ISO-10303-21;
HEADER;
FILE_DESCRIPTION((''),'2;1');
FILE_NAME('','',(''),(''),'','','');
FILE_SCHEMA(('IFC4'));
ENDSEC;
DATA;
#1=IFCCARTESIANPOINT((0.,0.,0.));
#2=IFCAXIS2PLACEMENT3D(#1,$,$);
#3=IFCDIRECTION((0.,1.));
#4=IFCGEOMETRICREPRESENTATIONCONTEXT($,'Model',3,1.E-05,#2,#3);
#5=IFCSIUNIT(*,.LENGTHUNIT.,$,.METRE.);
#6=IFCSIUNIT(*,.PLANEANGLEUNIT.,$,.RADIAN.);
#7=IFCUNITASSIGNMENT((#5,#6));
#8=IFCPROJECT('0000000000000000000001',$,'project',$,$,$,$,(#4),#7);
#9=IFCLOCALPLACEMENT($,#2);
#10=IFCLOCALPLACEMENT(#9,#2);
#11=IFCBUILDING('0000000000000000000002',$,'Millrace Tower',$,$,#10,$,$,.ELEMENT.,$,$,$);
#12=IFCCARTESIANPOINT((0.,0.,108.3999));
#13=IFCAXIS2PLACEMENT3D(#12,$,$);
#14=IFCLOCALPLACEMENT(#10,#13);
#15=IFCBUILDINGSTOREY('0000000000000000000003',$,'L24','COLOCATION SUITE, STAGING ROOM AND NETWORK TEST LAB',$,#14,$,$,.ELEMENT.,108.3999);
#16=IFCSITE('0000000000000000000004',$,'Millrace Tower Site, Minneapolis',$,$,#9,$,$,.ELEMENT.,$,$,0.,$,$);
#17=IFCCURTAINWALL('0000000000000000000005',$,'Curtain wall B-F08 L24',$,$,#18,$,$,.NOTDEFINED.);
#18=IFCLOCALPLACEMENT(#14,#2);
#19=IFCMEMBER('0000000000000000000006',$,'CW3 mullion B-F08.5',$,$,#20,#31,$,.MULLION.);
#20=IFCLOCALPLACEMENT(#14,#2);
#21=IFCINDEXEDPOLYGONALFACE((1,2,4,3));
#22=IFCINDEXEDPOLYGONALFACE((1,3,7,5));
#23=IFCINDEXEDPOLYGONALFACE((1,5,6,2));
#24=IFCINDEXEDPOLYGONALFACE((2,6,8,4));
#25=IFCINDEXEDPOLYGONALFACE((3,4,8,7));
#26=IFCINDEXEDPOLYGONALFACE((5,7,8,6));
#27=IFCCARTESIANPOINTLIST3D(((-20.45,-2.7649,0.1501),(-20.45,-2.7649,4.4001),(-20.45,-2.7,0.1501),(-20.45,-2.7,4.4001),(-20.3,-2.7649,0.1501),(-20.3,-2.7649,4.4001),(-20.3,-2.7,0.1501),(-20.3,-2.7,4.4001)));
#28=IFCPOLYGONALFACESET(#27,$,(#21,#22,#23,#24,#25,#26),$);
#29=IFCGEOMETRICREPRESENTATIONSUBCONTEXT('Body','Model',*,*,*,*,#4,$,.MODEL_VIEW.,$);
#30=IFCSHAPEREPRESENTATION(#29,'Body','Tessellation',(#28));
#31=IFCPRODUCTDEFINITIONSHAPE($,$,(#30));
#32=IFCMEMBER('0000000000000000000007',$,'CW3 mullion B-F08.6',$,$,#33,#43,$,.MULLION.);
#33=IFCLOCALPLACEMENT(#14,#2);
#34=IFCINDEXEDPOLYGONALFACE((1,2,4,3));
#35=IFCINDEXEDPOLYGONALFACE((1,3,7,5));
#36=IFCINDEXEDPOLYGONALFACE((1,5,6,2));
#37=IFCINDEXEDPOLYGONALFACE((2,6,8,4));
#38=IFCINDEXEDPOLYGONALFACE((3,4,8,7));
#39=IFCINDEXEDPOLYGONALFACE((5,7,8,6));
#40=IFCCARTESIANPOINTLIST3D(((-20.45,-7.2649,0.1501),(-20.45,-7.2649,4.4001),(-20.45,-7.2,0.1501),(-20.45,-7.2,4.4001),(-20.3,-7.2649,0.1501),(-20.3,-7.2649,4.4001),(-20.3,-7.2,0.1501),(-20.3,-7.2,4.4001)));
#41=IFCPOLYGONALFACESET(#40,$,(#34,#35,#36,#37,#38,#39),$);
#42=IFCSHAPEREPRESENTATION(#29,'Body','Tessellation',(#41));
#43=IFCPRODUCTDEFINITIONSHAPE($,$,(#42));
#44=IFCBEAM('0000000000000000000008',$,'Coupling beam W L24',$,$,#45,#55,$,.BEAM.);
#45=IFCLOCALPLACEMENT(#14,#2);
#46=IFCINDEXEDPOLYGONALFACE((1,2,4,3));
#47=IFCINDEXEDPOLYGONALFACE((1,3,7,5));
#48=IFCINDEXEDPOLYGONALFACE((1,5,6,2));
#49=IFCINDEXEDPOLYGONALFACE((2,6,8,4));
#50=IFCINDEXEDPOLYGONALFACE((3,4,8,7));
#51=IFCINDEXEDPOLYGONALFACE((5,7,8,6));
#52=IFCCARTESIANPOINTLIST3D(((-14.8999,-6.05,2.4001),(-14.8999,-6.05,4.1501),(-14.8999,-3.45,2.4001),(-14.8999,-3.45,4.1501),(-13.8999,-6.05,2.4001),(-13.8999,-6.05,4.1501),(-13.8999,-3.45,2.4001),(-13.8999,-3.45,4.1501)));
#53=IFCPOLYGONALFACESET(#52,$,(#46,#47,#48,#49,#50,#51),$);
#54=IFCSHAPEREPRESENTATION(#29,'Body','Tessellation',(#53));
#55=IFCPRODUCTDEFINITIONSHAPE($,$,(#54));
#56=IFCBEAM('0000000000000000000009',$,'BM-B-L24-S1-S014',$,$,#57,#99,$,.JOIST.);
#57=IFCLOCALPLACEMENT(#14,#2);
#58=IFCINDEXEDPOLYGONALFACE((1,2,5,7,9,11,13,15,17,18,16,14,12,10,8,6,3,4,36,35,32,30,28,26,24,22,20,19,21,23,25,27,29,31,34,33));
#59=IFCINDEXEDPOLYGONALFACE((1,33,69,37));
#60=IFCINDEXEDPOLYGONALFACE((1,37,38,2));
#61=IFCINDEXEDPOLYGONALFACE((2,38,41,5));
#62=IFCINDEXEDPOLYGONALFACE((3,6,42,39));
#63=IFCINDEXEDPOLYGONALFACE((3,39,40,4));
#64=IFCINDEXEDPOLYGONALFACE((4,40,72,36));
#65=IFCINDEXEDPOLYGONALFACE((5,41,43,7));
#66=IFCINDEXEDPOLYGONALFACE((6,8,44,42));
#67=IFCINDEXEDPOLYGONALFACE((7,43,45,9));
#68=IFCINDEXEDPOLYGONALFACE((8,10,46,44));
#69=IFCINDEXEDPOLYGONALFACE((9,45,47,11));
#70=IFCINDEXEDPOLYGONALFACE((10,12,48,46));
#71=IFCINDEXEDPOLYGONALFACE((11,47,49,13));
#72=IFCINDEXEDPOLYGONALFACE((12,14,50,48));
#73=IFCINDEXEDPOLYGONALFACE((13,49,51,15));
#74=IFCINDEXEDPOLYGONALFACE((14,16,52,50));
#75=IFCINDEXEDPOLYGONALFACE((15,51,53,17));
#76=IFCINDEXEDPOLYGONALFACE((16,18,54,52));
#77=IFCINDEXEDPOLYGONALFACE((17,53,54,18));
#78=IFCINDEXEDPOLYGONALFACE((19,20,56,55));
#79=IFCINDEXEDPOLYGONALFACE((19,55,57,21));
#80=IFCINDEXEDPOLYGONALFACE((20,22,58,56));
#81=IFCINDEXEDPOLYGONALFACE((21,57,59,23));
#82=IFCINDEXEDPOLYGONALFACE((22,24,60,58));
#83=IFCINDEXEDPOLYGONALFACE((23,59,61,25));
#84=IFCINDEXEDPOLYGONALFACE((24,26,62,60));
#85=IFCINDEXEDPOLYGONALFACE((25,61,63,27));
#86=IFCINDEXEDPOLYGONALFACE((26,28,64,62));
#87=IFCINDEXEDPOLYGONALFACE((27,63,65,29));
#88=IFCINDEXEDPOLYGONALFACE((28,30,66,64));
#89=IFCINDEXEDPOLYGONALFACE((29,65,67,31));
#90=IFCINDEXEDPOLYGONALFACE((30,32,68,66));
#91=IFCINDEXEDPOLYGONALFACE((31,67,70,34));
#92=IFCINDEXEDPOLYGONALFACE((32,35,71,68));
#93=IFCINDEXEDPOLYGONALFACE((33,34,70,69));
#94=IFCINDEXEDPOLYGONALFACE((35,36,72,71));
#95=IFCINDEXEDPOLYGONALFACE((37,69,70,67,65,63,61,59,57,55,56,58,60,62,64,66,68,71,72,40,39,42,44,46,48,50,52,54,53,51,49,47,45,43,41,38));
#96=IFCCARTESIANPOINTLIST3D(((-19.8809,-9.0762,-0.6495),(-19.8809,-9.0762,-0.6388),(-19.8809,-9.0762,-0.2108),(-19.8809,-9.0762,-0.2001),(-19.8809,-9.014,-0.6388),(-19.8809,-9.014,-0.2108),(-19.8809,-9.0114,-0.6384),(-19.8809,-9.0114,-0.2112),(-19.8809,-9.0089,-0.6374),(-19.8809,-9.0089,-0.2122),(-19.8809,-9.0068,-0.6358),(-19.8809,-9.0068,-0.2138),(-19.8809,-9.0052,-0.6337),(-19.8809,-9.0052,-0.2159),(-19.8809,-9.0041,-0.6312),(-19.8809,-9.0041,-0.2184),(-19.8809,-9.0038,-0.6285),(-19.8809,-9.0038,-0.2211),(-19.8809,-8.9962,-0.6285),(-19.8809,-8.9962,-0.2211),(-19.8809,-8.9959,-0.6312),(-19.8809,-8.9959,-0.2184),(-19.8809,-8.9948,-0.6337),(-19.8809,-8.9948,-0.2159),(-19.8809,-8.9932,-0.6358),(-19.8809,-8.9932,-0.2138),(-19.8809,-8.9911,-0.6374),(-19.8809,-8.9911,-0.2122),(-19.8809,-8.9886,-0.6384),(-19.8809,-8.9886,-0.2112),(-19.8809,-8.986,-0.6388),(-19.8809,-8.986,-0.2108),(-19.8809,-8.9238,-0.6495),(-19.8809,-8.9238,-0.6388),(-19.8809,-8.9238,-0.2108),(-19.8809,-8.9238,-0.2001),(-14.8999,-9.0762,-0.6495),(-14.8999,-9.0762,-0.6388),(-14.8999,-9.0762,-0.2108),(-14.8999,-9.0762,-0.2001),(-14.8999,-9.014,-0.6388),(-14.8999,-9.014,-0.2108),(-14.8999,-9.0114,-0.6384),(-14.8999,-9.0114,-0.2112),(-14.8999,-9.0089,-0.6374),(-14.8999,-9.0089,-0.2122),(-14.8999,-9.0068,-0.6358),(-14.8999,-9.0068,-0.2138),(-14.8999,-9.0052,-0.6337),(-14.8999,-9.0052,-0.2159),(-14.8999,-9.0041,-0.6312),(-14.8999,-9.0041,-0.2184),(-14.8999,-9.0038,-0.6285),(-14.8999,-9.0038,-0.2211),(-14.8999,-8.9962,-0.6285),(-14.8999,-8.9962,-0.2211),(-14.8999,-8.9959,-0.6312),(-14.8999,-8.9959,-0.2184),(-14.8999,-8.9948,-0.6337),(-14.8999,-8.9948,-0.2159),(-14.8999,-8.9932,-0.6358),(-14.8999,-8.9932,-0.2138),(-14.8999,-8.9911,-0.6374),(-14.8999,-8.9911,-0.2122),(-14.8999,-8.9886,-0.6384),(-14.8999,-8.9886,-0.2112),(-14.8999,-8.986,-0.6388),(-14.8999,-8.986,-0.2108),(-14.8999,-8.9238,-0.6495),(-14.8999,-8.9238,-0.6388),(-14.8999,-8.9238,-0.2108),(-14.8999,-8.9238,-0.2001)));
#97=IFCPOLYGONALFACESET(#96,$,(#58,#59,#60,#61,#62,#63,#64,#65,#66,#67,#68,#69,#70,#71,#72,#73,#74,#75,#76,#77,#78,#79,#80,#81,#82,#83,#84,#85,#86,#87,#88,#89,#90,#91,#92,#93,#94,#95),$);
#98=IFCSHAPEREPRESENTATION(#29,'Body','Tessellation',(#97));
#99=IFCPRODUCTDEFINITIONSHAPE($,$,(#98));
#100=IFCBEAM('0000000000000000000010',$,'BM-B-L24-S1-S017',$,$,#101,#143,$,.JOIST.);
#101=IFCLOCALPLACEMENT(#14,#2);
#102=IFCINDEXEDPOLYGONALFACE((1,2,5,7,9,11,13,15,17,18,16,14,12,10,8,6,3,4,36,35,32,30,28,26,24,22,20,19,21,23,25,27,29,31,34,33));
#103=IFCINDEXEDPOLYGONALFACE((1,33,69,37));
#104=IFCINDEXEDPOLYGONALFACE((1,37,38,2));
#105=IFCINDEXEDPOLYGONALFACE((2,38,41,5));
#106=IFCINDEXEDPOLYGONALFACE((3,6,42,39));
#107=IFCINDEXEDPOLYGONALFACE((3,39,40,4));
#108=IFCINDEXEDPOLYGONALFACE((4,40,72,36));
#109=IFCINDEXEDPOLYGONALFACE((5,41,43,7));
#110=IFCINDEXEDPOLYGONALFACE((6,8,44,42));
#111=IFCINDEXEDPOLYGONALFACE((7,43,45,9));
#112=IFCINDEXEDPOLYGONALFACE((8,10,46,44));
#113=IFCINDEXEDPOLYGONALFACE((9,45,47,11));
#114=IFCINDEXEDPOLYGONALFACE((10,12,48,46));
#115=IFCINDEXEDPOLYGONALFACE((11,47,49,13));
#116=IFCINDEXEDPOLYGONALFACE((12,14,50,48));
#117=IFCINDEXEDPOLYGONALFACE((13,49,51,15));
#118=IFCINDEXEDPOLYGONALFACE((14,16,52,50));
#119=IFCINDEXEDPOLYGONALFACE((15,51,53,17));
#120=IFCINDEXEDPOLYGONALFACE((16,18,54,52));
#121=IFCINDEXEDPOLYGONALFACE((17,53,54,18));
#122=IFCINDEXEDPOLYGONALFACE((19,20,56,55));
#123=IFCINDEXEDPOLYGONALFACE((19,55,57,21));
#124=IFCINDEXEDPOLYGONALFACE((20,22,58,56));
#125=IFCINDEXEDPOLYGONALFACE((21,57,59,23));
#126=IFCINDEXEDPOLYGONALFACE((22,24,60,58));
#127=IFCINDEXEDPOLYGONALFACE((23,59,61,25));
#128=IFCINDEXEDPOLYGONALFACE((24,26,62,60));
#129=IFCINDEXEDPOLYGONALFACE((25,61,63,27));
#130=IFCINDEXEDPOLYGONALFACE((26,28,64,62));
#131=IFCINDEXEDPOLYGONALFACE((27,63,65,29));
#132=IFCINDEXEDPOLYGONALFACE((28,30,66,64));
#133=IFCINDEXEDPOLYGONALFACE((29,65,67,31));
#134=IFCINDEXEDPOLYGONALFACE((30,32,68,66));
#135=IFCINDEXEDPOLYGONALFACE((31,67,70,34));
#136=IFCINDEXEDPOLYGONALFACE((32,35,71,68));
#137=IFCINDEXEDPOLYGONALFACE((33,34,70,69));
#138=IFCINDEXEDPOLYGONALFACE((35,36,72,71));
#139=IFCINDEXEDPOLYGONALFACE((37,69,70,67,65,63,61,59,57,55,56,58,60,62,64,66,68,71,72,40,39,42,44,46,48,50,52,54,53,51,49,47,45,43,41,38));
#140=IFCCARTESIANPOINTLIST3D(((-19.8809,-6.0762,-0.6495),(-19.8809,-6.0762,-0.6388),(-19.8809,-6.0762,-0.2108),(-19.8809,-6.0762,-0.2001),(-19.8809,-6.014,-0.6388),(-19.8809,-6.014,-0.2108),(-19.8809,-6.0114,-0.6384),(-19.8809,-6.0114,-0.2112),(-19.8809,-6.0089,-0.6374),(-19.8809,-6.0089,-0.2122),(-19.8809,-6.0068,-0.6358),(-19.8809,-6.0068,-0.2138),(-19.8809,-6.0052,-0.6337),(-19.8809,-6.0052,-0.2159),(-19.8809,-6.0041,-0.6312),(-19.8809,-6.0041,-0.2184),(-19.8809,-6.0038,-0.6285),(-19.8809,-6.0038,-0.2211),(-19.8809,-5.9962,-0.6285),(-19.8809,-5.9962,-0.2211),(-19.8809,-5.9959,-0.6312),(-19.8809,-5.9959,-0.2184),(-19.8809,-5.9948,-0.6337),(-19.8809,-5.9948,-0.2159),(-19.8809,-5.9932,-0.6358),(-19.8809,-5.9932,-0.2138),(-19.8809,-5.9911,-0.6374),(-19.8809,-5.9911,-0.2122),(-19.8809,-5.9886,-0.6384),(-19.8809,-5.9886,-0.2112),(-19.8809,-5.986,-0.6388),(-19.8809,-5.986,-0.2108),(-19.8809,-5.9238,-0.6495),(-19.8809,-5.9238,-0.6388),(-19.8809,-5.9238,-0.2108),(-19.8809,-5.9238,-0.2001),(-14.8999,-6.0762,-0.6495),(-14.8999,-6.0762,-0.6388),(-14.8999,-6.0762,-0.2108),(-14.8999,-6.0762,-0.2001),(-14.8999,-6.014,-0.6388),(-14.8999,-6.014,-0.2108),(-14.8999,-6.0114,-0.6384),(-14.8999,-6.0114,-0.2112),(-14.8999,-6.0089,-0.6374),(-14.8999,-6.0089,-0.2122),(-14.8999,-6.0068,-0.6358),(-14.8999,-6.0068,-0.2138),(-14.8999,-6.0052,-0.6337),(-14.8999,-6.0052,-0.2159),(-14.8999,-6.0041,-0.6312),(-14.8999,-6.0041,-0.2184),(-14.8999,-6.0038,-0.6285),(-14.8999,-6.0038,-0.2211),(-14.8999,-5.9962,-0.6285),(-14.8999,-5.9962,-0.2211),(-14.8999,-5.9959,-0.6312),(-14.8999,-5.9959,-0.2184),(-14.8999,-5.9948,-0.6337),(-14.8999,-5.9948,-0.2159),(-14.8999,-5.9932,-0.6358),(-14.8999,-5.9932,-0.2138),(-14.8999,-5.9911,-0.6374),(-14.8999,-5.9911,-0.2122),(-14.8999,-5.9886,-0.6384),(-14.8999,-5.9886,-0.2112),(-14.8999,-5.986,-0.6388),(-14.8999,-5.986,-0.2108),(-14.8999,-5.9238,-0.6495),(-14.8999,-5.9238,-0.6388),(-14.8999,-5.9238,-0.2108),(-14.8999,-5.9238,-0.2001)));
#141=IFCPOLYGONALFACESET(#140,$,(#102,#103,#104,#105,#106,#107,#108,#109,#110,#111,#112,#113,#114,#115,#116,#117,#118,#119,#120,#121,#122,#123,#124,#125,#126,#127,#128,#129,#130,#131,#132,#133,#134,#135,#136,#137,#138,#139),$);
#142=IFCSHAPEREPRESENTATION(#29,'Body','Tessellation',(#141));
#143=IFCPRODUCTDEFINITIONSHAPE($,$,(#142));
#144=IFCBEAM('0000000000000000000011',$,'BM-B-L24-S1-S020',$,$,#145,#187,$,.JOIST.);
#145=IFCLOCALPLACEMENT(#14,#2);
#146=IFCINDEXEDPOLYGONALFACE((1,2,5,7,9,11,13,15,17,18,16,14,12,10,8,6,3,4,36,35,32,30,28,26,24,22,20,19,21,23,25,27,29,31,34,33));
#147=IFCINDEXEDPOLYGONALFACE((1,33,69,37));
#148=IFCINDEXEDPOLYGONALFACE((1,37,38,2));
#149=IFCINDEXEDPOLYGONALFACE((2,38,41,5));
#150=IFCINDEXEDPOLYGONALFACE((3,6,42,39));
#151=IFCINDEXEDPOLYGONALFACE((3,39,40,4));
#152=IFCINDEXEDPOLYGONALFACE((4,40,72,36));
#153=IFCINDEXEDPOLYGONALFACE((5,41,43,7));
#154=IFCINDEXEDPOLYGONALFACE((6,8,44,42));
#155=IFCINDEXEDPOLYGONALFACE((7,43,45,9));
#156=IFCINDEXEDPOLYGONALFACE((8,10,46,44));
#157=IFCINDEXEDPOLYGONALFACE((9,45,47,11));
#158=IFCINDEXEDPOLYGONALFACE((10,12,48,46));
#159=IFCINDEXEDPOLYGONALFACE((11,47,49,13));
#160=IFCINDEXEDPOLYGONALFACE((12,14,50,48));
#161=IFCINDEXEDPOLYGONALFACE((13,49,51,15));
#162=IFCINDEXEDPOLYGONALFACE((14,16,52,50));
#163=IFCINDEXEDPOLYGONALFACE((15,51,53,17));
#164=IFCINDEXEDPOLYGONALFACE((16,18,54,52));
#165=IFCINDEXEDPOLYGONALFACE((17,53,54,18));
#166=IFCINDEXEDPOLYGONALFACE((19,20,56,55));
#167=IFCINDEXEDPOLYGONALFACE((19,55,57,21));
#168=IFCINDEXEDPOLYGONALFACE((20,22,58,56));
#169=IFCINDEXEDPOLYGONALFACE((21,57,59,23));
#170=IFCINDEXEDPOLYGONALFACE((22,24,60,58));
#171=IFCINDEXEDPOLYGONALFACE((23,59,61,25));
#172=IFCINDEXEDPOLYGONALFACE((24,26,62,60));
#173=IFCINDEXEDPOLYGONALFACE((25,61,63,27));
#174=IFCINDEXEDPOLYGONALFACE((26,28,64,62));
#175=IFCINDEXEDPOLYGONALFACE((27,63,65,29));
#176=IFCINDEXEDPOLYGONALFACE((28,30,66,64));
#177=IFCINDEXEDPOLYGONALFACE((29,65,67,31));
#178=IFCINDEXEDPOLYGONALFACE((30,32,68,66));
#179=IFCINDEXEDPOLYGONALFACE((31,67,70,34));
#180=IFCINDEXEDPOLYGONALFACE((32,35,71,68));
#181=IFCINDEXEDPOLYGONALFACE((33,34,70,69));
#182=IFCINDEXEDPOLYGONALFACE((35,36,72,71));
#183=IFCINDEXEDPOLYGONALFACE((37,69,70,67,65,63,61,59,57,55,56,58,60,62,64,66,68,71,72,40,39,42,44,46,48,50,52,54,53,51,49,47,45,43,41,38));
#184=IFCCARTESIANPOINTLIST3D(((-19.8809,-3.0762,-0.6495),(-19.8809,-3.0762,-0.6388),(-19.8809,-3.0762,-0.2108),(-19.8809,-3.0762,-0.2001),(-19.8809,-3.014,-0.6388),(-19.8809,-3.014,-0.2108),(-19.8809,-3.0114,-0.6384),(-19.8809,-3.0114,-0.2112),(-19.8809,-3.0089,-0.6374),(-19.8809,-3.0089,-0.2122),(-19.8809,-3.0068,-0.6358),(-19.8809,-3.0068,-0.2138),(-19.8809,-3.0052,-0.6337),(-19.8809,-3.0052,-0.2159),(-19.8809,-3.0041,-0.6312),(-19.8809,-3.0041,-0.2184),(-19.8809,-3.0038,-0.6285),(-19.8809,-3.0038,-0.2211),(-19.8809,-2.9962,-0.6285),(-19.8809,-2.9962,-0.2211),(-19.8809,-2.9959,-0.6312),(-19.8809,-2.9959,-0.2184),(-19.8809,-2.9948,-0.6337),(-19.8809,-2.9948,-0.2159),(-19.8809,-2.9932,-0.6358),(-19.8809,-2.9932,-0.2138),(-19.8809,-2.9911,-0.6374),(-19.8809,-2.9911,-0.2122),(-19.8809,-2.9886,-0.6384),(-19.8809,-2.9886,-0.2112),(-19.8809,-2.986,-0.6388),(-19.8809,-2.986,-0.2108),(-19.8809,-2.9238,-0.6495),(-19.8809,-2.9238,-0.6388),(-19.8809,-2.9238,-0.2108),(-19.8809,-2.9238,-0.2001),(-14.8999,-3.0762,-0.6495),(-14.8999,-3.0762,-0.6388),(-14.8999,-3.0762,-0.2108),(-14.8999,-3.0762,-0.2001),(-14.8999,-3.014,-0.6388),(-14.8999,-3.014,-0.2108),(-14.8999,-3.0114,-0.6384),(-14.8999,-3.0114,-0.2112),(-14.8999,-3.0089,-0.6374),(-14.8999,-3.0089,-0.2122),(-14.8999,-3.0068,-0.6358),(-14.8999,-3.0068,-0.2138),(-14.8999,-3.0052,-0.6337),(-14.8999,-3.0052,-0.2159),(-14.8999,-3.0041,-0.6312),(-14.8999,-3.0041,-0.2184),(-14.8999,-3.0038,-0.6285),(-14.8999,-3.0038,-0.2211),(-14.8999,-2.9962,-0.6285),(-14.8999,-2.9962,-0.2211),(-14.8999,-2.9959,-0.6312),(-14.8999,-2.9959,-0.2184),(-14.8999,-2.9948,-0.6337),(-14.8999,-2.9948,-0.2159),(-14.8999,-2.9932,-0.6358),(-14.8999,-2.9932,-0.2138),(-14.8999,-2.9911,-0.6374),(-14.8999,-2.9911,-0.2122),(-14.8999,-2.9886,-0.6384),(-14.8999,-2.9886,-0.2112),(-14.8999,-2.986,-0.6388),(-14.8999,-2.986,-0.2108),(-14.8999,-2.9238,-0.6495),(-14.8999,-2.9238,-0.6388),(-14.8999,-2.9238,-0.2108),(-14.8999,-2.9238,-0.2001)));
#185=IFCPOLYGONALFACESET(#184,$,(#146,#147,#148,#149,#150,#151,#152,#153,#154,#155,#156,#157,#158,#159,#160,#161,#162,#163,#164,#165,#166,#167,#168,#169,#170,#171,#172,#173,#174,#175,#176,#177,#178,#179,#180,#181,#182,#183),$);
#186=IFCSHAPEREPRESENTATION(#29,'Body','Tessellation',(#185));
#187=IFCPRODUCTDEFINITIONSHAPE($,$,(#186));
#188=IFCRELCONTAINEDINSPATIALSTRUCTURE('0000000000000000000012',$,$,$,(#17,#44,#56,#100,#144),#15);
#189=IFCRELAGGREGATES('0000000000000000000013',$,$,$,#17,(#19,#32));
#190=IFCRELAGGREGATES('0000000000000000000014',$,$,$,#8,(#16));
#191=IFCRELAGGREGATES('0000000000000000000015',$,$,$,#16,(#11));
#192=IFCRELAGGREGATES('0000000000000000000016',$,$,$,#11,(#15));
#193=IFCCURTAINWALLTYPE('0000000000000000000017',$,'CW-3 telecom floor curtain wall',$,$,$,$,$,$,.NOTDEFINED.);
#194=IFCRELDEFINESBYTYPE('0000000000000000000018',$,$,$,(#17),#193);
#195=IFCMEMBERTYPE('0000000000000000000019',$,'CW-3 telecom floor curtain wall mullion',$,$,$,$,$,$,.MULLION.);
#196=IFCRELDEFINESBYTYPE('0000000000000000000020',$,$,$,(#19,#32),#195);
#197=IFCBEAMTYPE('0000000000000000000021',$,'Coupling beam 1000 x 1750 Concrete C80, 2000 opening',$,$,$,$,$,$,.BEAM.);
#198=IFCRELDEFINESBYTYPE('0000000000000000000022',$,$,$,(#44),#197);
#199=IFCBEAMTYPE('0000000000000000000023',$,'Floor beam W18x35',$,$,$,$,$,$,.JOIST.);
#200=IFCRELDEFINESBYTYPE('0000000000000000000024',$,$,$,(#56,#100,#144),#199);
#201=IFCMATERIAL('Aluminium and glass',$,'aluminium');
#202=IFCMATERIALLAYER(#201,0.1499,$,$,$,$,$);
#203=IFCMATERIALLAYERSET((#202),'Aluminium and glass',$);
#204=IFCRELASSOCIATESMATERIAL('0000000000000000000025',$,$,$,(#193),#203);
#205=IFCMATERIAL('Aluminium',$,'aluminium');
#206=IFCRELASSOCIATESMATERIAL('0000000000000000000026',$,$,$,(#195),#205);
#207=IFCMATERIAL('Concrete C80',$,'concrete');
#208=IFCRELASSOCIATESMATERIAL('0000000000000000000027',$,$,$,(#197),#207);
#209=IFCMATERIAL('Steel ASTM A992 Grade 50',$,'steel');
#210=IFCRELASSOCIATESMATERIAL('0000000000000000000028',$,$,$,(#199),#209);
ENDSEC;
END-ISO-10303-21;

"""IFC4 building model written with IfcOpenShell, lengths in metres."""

from ifc_helpers import new_model, si_unit, direction, frame, origin, origin_2d, place, context, subcontext, project, spatial, rectangle, i_section, extrude, material, layer, layer_set, material_profile, profile_set, type_object, element, aggregate, save


model = new_model("IFC4")

# Units and contexts
model_context = context("Model", 3, precision=1e-05, world=origin(), true_north=direction((0.0, 1.0)))
body_context = subcontext(model_context, "Body", "Model", "MODEL_VIEW")
ifc_project = project(units=[si_unit("LENGTHUNIT", "METRE"), si_unit("PLANEANGLEUNIT", "RADIAN")], contexts=[model_context])

# Site, building, storey
site_placement = place(None, origin())
site = spatial("IfcSite", under=ifc_project, at=site_placement, Name="Millrace Tower Site, Minneapolis", CompositionType="ELEMENT", RefElevation=0.0)
building_placement = place(site_placement, origin())
building = spatial("IfcBuilding", under=site, at=building_placement, Name="Millrace Tower", CompositionType="ELEMENT")
storey_placement = place(building_placement, frame((0.0, 0.0, 108.3999)))
storey = spatial("IfcBuildingStorey", under=building, at=storey_placement, Name="L24", Description="COLOCATION SUITE, STAGING ROOM AND NETWORK TEST LAB", CompositionType="ELEMENT", Elevation=108.3999)

# Curtain wall, members
ifc_material_1 = material(Name="Aluminium and glass", Category="aluminium")
ifc_layer_1 = layer(ifc_material_1, 0.1499)
ifc_layer_set_1 = layer_set([ifc_layer_1], Name="Aluminium and glass")
curtain_wall_type = type_object("IfcCurtainWallType", Name="CW-3 telecom floor curtain wall", PredefinedType="NOTDEFINED", material=ifc_layer_set_1)
curtain_wall_placement = place(storey_placement, origin())
curtain_wall = element("IfcCurtainWall", 1, at=curtain_wall_placement, inside=storey, type_object=curtain_wall_type, Name="Curtain wall B-F08 L24", PredefinedType="NOTDEFINED")
ifc_material_2 = material(Name="Aluminium", Category="aluminium")
ifc_material_profile_1 = material_profile(ifc_material_2, rectangle(XDim=0.0649, YDim=0.1499, at=origin_2d()))
ifc_profile_set_1 = profile_set([ifc_material_profile_1], Name="Aluminium")
member_type = type_object("IfcMemberType", Name="CW-3 telecom floor curtain wall mullion", PredefinedType="MULLION", material=ifc_profile_set_1)
member_1_placement = place(storey_placement, frame((-20.375, -2.7324, 0.1501), z_axis=(0.0, 0.0, 1.0), x_axis=(0.0, -1.0, 0.0)))
member_1 = element("IfcMember", 2, at=member_1_placement, type_object=member_type, Name="CW3 mullion B-F08.5", PredefinedType="MULLION", context=body_context, shape_type="SweptSolid", body=[
    extrude(rectangle(XDim=0.0649, YDim=0.1499, at=origin_2d()), origin(), (0.0, 0.0, 1.0), 4.25),
])
member_2_placement = place(storey_placement, frame((-20.375, -7.2324, 0.1501), z_axis=(0.0, 0.0, 1.0), x_axis=(0.0, -1.0, 0.0)))
member_2 = element("IfcMember", 3, at=member_2_placement, type_object=member_type, Name="CW3 mullion B-F08.6", PredefinedType="MULLION", context=body_context, shape_type="SweptSolid", body=[
    extrude(rectangle(XDim=0.0649, YDim=0.1499, at=origin_2d()), origin(), (0.0, 0.0, 1.0), 4.25),
])
aggregate(curtain_wall, [member_1, member_2])

# Beams
ifc_material_3 = material(Name="Concrete C80", Category="concrete")
ifc_material_profile_2 = material_profile(ifc_material_3, rectangle(XDim=1.0, YDim=1.75, at=origin_2d()))
ifc_profile_set_2 = profile_set([ifc_material_profile_2], Name="Concrete C80")
beam_type_1 = type_object("IfcBeamType", Name="Coupling beam 1000 x 1750 Concrete C80, 2000 opening", PredefinedType="BEAM", material=ifc_profile_set_2)
beam_placement = place(storey_placement, frame((-14.3999, -6.05, 3.2751), z_axis=(0.0, 1.0, 0.0), x_axis=(-1.0, 0.0, 0.0)))
element("IfcBeam", 4, at=beam_placement, inside=storey, type_object=beam_type_1, Name="Coupling beam W L24", PredefinedType="BEAM", context=body_context, shape_type="SweptSolid", body=[
    extrude(rectangle(XDim=1.0, YDim=1.75, at=origin_2d()), origin(), (0.0, 0.0, 1.0), 2.6001),
])
ifc_material_4 = material(Name="Steel ASTM A992 Grade 50", Category="steel")
ifc_material_profile_3 = material_profile(ifc_material_4, i_section(OverallWidth=0.1523, OverallDepth=0.4495, WebThickness=0.0076, FlangeThickness=0.0107, FilletRadius=0.0103, at=origin_2d()))
ifc_profile_set_3 = profile_set([ifc_material_profile_3], Name="Steel ASTM A992 Grade 50")
beam_type_2 = type_object("IfcBeamType", Name="Floor beam W18x35", PredefinedType="JOIST", material=ifc_profile_set_3)
for number, where, z_axis, x_axis, name in (
    (5, (-19.8809, -9.0, -0.4248), (1.0, 0.0, 0.0), (0.0, 1.0, 0.0), "BM-B-L24-S1-S014"),
    (6, (-19.8809, -6.0, -0.4248), (1.0, 0.0, 0.0), (0.0, 1.0, 0.0), "BM-B-L24-S1-S017"),
    (7, (-19.8809, -3.0, -0.4248), (1.0, 0.0, 0.0), (0.0, 1.0, 0.0), "BM-B-L24-S1-S020"),
):
    element("IfcBeam", number, at=place(storey_placement, frame(where, z_axis=z_axis, x_axis=x_axis)), inside=storey, type_object=beam_type_2, Name=name, PredefinedType="JOIST", context=body_context, shape_type="SweptSolid", body=[
        extrude(i_section(OverallWidth=0.1523, OverallDepth=0.4495, WebThickness=0.0076, FlangeThickness=0.0107, FilletRadius=0.0103, at=origin_2d()), origin(), (0.0, 0.0, 1.0), 4.981),
    ])

save(model, "model.ifc")
